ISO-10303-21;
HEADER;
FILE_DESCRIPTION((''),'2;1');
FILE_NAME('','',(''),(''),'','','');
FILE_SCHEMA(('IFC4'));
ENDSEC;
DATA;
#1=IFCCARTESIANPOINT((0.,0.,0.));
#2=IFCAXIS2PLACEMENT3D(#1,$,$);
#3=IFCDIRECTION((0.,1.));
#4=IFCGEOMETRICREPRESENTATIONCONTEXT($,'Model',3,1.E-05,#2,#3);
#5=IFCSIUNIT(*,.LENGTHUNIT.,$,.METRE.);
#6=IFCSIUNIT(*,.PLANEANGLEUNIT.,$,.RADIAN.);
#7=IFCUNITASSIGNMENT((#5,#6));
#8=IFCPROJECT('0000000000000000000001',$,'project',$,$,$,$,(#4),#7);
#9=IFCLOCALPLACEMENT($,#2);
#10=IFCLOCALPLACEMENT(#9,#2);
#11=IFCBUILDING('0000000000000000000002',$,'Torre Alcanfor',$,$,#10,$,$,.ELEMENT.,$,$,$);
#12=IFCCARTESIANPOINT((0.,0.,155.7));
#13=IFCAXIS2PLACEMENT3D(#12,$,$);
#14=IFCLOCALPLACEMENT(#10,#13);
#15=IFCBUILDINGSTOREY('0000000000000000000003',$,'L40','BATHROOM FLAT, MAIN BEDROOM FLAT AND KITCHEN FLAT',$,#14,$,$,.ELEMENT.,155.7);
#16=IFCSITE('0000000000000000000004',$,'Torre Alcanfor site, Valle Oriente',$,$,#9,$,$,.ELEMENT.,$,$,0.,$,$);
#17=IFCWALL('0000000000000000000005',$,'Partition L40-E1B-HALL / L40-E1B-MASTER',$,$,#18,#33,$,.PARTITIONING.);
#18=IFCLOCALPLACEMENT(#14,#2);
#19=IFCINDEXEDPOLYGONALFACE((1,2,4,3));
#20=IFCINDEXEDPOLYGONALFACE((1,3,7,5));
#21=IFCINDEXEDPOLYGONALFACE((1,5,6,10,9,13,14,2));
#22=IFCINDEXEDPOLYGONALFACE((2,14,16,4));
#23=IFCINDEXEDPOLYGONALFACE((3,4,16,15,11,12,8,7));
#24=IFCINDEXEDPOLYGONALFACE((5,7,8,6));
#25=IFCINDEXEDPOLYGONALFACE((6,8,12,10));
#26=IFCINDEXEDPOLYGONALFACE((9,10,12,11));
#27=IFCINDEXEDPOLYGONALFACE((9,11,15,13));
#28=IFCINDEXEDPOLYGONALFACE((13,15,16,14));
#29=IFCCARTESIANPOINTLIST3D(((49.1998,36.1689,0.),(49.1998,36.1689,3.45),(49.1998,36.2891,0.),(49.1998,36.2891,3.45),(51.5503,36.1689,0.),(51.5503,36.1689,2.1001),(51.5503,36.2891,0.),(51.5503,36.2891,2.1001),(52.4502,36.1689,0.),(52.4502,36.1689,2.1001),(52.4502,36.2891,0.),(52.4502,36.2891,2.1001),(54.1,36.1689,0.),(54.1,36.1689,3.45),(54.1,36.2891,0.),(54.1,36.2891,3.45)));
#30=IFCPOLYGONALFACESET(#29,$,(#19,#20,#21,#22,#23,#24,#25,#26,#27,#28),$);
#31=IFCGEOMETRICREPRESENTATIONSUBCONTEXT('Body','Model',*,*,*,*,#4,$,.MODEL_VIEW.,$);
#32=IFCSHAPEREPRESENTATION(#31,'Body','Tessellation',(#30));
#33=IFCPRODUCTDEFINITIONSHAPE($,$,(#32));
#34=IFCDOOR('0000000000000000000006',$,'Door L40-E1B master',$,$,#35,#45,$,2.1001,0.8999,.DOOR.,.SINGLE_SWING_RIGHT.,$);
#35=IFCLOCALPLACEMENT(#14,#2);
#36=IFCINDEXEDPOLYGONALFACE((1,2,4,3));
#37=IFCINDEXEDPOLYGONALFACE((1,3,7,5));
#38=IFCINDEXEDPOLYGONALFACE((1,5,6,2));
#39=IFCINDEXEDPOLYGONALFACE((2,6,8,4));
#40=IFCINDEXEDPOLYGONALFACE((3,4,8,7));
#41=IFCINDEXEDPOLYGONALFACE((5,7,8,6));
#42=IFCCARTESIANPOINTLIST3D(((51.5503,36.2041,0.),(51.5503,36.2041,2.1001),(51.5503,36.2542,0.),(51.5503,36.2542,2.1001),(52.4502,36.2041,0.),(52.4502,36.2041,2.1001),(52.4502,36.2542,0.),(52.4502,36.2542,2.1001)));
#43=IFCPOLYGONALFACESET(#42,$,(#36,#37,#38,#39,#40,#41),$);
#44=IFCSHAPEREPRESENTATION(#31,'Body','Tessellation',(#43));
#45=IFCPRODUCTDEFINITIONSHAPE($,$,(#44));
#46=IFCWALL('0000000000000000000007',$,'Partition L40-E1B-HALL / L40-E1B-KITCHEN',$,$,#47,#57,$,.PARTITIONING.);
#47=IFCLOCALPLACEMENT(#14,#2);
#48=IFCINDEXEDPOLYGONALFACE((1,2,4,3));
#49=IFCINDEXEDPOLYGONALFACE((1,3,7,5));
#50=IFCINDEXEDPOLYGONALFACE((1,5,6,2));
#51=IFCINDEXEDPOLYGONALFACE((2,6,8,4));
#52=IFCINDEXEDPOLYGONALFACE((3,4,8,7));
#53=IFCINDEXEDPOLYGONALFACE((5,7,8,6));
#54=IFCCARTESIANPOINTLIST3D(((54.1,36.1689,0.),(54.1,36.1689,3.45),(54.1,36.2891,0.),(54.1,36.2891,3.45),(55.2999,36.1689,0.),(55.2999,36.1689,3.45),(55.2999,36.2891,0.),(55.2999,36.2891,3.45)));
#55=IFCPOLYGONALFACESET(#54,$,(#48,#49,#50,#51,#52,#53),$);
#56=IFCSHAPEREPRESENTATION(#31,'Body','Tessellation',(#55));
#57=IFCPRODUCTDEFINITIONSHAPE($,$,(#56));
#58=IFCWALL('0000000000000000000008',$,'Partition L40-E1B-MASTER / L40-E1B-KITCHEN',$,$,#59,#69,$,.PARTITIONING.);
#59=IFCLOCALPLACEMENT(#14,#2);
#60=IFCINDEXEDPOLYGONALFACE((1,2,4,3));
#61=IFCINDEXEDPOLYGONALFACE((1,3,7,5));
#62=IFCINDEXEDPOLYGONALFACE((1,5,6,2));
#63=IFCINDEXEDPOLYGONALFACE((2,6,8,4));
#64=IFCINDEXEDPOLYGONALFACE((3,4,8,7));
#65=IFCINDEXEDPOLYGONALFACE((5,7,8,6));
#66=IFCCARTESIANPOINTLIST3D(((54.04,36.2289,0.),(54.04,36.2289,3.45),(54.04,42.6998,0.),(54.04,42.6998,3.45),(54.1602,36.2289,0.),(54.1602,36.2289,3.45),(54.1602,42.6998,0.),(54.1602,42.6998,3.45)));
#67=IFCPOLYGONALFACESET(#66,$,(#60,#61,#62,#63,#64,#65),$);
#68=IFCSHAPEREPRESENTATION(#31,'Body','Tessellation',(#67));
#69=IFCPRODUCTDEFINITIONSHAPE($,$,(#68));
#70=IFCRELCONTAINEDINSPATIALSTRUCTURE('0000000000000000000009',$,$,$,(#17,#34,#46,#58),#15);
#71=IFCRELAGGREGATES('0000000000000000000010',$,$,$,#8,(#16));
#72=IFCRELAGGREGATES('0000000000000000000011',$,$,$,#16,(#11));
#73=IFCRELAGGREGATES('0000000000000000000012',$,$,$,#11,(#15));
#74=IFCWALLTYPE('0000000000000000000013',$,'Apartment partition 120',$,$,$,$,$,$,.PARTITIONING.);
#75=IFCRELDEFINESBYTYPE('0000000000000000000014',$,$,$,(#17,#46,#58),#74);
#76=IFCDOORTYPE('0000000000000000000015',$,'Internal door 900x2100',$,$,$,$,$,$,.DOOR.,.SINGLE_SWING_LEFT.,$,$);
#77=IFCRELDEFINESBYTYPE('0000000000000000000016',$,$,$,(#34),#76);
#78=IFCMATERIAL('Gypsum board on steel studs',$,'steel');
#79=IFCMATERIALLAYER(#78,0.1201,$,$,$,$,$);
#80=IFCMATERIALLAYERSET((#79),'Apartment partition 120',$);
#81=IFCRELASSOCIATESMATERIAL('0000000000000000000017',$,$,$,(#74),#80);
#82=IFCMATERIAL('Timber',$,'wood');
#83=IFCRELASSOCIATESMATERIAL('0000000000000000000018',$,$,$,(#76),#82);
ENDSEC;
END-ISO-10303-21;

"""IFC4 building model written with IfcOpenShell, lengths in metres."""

from ifc_helpers import new_model, si_unit, direction, frame, frame_2d, origin, place, context, subcontext, project, spatial, rectangle, extrude, material, layer, layer_set, type_object, element, fill, save


model = new_model("IFC4")

# Units and contexts
model_context = context("Model", 3, precision=1e-05, world=origin(), true_north=direction((0.0, 1.0)))
body_context = subcontext(model_context, "Body", "Model", "MODEL_VIEW")
ifc_project = project(units=[si_unit("LENGTHUNIT", "METRE"), si_unit("PLANEANGLEUNIT", "RADIAN")], contexts=[model_context])

# Site, building, storey
site_placement = place(None, origin())
site = spatial("IfcSite", under=ifc_project, at=site_placement, Name="Torre Alcanfor site, Valle Oriente", CompositionType="ELEMENT", RefElevation=0.0)
building_placement = place(site_placement, origin())
building = spatial("IfcBuilding", under=site, at=building_placement, Name="Torre Alcanfor", CompositionType="ELEMENT")
storey_placement = place(building_placement, frame((0.0, 0.0, 155.7)))
storey = spatial("IfcBuildingStorey", under=building, at=storey_placement, Name="L40", Description="BATHROOM FLAT, MAIN BEDROOM FLAT AND KITCHEN FLAT", CompositionType="ELEMENT", Elevation=155.7)

# Wall, opening, door
ifc_material_1 = material(Name="Gypsum board on steel studs", Category="steel")
ifc_layer_1 = layer(ifc_material_1, 0.1201)
ifc_layer_set_1 = layer_set([ifc_layer_1], Name="Apartment partition 120")
wall_type_1 = type_object("IfcWallType", Name="Apartment partition 120", PredefinedType="PARTITIONING", material=ifc_layer_set_1)
wall_1_placement = place(storey_placement, frame((54.1001, 36.229, 0.0), z_axis=(0.0, 0.0, 1.0), x_axis=(-1.0, 0.0, 0.0)))
wall_1 = element("IfcWall", 1, at=wall_1_placement, inside=storey, type_object=wall_type_1, Name="Partition L40-E1B-HALL / L40-E1B-MASTER", PredefinedType="PARTITIONING", context=body_context, shape_type="SweptSolid", body=[
    extrude(rectangle(XDim=4.9001, YDim=0.1201, at=frame_2d((2.4502, 0.0))), origin(), (0.0, 0.0, 1.0), 3.45),
])
opening_1_placement = place(wall_1_placement, frame((1.6499, 0.0, 0.0)))
opening_1 = element("IfcOpeningElement", 2, at=opening_1_placement, cuts=wall_1, PredefinedType="OPENING", context=body_context, shape_type="SweptSolid", body=[
    extrude(rectangle(XDim=0.8999, YDim=2.1001, at=frame_2d((0.45, 1.05))), frame((0.0, 0.0701, 0.0), z_axis=(0.0, -1.0, 0.0), x_axis=(1.0, 0.0, 0.0)), (0.0, 0.0, 1.0), 0.1401),
])
ifc_material_2 = material(Name="Timber", Category="wood")
door_type_1 = type_object("IfcDoorType", Name="Internal door 900x2100", OperationType="SINGLE_SWING_LEFT", PredefinedType="DOOR", material=ifc_material_2)
door_1_placement = place(opening_1_placement, frame((0.8999, 0.0, 0.0), z_axis=(0.0, 0.0, 1.0), x_axis=(-1.0, 0.0, 0.0)))
door_1 = element("IfcDoor", 3, at=door_1_placement, inside=storey, type_object=door_type_1, Name="Door L40-E1B master", OperationType="SINGLE_SWING_RIGHT", OverallHeight=2.1001, OverallWidth=0.8999, PredefinedType="DOOR", context=body_context, shape_type="SweptSolid", body=[
    extrude(rectangle(XDim=0.8999, YDim=2.1001, at=frame_2d((0.45, 1.05))), frame((0.0, 0.0251, 0.0), z_axis=(0.0, -1.0, 0.0), x_axis=(1.0, 0.0, 0.0)), (0.0, 0.0, 1.0), 0.05),
])
fill(opening_1, door_1)

# Walls
wall_2_placement = place(storey_placement, frame((55.3, 36.229, 0.0), z_axis=(0.0, 0.0, 1.0), x_axis=(-1.0, 0.0, 0.0)))
element("IfcWall", 4, at=wall_2_placement, inside=storey, type_object=wall_type_1, Name="Partition L40-E1B-HALL / L40-E1B-KITCHEN", PredefinedType="PARTITIONING", context=body_context, shape_type="SweptSolid", body=[
    extrude(rectangle(XDim=1.2, YDim=0.1201, at=frame_2d((0.6001, 0.0))), origin(), (0.0, 0.0, 1.0), 3.45),
])
wall_3_placement = place(storey_placement, frame((54.1001, 36.229, 0.0), z_axis=(0.0, 0.0, 1.0), x_axis=(0.0, 1.0, 0.0)))
element("IfcWall", 5, at=wall_3_placement, inside=storey, type_object=wall_type_1, Name="Partition L40-E1B-MASTER / L40-E1B-KITCHEN", PredefinedType="PARTITIONING", context=body_context, shape_type="SweptSolid", body=[
    extrude(rectangle(XDim=6.4709, YDim=0.1201, at=frame_2d((3.2354, 0.0))), origin(), (0.0, 0.0, 1.0), 3.45),
])

save(model, "model.ifc")
